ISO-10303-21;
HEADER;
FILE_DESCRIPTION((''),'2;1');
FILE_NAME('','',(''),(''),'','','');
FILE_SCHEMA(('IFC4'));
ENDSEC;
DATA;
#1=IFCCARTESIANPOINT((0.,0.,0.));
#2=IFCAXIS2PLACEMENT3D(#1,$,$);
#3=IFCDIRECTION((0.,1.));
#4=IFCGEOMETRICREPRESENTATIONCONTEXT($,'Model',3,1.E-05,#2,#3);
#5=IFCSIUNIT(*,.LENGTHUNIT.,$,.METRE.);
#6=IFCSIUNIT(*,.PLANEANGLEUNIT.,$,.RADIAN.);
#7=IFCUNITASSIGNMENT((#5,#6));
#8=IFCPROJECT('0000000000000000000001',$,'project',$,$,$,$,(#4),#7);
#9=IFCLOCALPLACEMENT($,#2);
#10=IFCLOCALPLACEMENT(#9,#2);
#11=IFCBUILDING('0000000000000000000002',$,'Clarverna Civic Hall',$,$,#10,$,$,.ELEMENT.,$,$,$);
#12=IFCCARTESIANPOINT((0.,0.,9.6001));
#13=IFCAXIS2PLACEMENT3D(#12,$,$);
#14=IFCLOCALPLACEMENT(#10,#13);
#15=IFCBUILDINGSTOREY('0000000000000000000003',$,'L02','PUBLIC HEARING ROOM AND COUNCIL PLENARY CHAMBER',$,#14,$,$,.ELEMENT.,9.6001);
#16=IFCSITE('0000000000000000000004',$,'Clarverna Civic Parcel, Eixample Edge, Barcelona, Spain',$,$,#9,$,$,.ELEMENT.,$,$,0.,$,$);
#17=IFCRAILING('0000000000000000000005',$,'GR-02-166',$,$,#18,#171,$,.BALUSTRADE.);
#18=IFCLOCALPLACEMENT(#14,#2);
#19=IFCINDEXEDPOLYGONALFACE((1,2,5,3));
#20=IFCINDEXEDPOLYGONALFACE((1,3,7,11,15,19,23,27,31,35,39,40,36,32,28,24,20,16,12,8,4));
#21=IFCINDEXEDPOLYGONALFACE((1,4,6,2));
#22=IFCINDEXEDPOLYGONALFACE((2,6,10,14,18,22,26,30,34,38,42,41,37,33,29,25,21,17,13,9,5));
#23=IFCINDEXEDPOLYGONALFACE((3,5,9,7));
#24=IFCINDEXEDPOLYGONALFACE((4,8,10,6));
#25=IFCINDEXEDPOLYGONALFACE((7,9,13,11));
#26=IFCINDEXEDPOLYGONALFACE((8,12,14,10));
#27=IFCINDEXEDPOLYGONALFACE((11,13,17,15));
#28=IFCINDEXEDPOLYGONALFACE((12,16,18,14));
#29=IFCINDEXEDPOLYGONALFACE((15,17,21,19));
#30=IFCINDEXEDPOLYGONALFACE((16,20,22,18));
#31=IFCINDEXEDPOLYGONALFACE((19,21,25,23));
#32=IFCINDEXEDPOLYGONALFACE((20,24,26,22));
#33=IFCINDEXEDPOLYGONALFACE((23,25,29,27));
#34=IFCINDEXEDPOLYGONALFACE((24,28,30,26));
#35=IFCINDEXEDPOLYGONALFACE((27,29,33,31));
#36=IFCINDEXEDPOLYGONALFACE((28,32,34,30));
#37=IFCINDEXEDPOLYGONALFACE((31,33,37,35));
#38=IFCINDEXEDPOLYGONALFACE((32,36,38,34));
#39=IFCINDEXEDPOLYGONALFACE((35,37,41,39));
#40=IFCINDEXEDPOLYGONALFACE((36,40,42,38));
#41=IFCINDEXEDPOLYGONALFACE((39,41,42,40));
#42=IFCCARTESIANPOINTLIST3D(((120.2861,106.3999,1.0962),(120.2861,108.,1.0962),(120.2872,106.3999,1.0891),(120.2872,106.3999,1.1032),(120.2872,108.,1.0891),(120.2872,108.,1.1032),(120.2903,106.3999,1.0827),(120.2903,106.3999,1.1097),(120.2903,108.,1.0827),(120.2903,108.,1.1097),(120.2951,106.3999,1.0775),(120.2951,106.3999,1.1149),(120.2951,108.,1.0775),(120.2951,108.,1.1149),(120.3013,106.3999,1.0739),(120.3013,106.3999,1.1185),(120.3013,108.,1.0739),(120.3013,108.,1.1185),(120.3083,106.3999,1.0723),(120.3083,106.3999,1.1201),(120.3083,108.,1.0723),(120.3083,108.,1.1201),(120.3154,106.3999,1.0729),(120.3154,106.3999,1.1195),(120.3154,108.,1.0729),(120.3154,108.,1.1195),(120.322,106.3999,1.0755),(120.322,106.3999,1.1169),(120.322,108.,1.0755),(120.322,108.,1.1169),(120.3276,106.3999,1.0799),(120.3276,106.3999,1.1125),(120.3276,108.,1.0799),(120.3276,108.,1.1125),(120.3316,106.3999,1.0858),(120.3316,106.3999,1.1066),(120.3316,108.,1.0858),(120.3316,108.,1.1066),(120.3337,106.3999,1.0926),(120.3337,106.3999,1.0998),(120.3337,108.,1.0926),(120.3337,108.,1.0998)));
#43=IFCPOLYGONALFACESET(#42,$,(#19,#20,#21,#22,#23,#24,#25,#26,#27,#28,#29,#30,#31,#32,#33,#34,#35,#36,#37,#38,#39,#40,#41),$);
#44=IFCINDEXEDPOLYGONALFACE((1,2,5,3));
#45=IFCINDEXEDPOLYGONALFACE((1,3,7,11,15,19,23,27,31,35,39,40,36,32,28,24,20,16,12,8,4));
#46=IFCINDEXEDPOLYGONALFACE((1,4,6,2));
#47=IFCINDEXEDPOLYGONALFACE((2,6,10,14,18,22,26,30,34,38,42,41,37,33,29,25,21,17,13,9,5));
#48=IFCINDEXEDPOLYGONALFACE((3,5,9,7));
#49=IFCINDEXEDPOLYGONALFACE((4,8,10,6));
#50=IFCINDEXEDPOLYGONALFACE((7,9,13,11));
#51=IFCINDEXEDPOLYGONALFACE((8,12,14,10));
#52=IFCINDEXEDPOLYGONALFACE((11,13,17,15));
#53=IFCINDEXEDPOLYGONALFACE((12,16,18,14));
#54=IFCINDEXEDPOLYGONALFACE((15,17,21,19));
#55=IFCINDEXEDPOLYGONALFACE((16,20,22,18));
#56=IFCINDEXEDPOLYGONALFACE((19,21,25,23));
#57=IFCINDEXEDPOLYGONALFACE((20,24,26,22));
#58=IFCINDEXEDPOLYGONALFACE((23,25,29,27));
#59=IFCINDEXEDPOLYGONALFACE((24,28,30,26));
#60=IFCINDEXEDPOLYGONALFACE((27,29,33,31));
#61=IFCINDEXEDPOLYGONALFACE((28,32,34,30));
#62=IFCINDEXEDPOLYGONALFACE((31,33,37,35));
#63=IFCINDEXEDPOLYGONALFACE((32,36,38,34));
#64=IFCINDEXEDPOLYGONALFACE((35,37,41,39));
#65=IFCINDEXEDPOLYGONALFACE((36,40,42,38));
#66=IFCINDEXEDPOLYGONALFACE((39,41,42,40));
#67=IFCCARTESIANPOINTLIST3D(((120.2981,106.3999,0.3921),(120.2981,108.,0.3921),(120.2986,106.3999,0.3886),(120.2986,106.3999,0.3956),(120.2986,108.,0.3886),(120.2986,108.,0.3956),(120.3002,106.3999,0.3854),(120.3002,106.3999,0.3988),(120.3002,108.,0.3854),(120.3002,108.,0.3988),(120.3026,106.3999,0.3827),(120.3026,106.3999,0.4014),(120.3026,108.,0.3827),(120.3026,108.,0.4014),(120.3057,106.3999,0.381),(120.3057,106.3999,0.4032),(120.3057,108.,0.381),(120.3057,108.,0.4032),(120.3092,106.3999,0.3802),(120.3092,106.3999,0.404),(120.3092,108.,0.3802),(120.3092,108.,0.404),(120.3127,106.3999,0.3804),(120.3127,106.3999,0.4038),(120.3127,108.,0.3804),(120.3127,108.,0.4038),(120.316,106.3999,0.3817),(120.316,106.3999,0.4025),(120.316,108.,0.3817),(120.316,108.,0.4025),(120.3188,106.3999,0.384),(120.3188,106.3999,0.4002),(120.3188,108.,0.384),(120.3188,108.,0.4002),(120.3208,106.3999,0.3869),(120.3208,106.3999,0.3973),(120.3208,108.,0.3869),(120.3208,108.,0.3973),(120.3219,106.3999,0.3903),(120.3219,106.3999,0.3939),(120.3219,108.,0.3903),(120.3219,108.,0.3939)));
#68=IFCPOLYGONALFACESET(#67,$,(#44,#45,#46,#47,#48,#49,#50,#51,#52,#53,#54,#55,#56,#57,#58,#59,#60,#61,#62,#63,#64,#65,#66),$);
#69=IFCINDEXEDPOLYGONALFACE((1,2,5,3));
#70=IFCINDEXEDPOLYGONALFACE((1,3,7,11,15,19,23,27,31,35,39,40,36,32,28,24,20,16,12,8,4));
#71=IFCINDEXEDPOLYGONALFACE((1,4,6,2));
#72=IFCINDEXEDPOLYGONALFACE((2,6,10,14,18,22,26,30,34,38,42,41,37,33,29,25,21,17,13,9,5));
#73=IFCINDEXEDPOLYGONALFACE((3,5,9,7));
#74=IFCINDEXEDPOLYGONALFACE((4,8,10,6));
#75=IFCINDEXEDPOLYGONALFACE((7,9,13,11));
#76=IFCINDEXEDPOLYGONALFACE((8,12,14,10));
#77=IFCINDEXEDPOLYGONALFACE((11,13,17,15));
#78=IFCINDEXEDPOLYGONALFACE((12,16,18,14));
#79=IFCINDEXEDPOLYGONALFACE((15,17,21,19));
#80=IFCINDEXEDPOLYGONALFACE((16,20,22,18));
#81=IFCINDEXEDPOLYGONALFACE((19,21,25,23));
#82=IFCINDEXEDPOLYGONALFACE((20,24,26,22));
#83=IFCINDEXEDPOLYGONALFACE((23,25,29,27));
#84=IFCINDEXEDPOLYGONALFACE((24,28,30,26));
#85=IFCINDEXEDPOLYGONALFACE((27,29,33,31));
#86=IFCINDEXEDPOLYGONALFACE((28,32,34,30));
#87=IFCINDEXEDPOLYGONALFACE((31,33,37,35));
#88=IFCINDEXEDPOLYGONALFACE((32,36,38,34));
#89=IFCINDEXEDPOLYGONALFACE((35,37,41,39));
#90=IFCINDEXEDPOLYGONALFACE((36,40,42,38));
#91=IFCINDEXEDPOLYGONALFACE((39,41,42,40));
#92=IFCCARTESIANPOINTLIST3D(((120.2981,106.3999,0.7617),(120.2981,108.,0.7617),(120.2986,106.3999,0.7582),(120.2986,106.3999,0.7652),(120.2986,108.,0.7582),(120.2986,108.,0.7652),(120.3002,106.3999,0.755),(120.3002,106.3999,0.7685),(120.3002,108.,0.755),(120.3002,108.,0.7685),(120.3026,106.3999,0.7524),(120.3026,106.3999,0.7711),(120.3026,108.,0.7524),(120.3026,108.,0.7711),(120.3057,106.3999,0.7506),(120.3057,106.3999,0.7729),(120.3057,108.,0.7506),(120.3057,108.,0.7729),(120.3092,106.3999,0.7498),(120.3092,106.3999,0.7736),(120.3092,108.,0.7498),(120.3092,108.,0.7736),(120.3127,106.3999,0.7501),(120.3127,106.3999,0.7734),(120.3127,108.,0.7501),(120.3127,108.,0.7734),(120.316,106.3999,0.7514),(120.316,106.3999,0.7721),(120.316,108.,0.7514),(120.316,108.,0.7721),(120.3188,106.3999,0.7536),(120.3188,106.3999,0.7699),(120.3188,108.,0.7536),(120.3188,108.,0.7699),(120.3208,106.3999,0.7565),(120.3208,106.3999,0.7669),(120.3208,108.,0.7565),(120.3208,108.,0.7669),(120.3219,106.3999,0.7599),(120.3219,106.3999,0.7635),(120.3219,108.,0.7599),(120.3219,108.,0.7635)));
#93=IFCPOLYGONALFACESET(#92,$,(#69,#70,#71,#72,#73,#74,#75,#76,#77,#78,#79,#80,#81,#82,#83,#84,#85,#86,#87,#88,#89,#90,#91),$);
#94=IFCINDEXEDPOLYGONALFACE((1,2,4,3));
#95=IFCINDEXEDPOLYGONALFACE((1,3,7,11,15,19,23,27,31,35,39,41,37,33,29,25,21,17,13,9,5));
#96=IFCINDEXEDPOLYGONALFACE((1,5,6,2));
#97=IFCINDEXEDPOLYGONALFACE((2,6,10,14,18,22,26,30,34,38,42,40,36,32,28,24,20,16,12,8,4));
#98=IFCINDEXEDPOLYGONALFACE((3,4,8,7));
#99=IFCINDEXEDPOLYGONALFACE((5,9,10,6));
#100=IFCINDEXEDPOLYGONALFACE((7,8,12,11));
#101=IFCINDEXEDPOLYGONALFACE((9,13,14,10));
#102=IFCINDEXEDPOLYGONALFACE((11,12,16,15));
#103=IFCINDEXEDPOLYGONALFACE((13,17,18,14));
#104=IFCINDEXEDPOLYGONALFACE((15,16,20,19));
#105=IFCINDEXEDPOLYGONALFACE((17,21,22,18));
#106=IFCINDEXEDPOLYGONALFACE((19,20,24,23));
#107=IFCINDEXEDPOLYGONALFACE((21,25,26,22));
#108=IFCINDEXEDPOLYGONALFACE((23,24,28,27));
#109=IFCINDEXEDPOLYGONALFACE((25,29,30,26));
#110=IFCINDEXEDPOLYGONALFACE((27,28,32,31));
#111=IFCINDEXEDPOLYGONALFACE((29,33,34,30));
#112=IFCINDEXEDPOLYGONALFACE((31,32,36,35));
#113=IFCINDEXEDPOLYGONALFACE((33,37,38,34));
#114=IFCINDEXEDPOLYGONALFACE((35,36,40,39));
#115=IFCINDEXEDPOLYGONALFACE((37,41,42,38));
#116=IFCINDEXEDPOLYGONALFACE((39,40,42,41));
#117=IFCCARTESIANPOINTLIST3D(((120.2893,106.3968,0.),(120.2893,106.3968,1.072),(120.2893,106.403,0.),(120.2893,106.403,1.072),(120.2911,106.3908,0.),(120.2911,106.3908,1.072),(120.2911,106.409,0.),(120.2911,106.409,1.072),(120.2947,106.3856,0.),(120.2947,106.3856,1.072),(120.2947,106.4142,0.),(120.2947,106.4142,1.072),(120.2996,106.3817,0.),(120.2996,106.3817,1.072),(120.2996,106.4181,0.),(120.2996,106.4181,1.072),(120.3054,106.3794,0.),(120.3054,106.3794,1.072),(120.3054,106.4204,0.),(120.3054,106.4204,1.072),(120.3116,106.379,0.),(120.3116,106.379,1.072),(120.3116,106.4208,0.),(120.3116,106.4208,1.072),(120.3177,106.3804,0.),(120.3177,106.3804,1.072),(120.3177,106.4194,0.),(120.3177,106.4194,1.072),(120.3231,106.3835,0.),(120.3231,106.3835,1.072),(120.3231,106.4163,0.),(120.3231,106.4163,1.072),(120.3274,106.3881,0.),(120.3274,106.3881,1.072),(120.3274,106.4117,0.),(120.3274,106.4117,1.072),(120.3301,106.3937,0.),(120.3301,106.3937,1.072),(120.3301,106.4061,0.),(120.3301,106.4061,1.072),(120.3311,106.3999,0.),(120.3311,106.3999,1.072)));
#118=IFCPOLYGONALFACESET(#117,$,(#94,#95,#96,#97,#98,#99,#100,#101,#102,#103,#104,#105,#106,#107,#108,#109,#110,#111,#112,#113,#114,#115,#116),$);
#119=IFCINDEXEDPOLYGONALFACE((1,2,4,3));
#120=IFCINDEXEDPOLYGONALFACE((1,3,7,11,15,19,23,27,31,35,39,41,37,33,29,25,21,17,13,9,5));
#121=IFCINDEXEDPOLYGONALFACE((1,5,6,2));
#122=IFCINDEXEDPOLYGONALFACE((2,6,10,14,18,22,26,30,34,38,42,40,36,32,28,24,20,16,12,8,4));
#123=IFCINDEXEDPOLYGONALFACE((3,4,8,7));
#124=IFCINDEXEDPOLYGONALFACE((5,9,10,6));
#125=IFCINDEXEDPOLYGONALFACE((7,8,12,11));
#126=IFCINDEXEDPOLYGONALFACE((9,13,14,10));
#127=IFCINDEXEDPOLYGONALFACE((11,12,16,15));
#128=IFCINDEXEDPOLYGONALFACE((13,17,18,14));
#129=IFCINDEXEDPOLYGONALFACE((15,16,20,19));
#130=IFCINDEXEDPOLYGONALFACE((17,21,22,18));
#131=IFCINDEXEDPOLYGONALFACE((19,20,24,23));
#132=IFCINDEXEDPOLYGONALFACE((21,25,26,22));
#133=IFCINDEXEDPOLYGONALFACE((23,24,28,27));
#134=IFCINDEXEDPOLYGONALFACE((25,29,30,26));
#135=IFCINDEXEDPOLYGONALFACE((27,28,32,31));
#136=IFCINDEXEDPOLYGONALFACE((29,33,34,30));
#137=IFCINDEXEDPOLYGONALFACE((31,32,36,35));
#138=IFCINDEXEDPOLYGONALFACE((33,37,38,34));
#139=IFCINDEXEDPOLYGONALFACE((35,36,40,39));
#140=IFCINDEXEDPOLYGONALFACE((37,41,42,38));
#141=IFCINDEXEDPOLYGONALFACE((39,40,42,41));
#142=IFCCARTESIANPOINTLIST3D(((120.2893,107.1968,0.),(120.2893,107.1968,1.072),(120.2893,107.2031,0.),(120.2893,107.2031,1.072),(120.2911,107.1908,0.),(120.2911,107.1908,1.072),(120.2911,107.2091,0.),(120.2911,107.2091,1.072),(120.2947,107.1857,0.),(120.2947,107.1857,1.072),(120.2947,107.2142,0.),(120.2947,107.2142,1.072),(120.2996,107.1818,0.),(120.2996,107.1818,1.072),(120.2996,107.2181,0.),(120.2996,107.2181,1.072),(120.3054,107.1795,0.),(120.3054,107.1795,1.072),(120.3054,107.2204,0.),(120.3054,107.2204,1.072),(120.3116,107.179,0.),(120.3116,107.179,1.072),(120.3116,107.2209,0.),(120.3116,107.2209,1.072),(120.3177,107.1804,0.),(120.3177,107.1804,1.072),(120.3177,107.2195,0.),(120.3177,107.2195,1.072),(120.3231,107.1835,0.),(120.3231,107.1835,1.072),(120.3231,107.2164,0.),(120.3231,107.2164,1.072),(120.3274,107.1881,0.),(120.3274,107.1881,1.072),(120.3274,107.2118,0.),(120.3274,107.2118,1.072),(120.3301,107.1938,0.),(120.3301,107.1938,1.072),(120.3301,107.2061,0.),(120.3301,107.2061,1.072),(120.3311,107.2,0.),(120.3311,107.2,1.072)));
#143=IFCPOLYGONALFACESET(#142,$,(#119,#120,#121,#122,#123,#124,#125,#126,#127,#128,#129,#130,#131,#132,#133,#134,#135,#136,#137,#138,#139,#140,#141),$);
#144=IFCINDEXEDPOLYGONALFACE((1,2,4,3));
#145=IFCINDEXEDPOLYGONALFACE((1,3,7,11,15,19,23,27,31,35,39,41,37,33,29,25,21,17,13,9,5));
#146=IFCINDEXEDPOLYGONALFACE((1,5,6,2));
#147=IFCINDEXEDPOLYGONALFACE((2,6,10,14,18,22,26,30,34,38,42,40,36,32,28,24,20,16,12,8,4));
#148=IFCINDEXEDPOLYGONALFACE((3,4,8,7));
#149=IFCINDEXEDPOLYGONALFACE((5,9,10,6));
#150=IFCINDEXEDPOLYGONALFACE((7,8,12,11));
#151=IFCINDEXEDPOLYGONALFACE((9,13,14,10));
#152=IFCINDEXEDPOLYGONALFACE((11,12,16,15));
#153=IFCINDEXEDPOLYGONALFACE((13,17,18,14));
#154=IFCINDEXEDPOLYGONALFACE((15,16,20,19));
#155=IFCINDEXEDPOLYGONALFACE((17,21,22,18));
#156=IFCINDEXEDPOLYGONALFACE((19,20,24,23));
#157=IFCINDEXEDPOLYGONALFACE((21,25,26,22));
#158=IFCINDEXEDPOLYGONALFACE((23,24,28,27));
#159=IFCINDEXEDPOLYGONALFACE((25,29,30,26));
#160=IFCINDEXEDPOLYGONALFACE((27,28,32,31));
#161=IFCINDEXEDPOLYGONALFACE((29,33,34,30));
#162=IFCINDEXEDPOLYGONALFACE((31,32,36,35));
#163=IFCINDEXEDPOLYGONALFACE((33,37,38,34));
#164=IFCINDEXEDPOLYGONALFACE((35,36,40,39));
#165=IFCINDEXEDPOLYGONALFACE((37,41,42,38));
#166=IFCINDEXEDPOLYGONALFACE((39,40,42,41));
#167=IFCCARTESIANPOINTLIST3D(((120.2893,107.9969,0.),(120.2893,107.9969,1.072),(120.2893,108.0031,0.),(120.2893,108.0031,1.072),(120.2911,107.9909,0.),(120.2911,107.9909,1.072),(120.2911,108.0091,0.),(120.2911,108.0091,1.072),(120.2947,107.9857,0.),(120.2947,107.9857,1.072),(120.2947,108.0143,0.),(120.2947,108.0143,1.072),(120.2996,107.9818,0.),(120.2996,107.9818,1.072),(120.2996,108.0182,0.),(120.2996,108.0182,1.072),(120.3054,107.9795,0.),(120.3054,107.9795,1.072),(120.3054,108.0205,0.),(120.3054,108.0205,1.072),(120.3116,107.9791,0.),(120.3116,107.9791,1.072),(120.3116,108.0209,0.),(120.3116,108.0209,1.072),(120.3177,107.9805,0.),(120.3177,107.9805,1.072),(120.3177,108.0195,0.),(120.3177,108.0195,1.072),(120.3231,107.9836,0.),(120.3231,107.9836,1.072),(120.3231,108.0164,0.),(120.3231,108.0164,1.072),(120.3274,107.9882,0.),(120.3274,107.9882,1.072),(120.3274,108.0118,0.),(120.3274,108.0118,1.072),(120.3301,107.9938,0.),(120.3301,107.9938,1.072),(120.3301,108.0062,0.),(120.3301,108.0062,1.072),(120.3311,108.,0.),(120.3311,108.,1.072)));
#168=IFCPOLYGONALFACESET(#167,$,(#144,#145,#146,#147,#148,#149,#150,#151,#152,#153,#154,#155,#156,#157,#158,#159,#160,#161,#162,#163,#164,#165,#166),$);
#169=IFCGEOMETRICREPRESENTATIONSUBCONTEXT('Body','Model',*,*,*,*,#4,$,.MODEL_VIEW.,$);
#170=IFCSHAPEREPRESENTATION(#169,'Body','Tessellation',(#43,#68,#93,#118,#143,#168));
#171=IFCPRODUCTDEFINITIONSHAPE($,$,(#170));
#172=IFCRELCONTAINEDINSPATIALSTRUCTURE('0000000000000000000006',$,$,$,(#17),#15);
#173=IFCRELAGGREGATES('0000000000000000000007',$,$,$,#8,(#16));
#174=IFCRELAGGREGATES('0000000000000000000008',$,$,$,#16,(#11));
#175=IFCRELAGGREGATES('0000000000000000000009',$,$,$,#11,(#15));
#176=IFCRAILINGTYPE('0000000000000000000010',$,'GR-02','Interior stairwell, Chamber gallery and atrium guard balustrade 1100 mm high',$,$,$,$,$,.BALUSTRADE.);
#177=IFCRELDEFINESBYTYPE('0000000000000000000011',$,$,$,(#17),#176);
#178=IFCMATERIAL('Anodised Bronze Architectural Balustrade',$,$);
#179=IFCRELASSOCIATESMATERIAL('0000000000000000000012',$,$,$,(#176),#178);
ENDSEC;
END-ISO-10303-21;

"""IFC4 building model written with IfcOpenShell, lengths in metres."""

from ifc_helpers import new_model, si_unit, direction, frame, origin, origin_2d, place, context, subcontext, project, spatial, circle, extrude, material, type_object, element, save


model = new_model("IFC4")

# Units and contexts
model_context = context("Model", 3, precision=1e-05, world=origin(), true_north=direction((0.0, 1.0)))
body_context = subcontext(model_context, "Body", "Model", "MODEL_VIEW")
ifc_project = project(units=[si_unit("LENGTHUNIT", "METRE"), si_unit("PLANEANGLEUNIT", "RADIAN")], contexts=[model_context])

# Site, building, storey
site_placement = place(None, origin())
site = spatial("IfcSite", under=ifc_project, at=site_placement, Name="Clarverna Civic Parcel, Eixample Edge, Barcelona, Spain", CompositionType="ELEMENT", RefElevation=0.0)
building_placement = place(site_placement, origin())
building = spatial("IfcBuilding", under=site, at=building_placement, Name="Clarverna Civic Hall", CompositionType="ELEMENT")
storey_placement = place(building_placement, frame((0.0, 0.0, 9.6001)))
storey = spatial("IfcBuildingStorey", under=building, at=storey_placement, Name="L02", Description="PUBLIC HEARING ROOM AND COUNCIL PLENARY CHAMBER", CompositionType="ELEMENT", Elevation=9.6001)

# Railing
ifc_material_1 = material(Name="Anodised Bronze Architectural Balustrade")
railing_type_1 = type_object("IfcRailingType", Name="GR-02", Description="Interior stairwell, Chamber gallery and atrium guard balustrade 1100 mm high", PredefinedType="BALUSTRADE", material=ifc_material_1)
railing_1_placement = place(storey_placement, frame((120.3101, 106.3999, 0.0)))
element("IfcRailing", 1, at=railing_1_placement, inside=storey, type_object=railing_type_1, Name="GR-02-166", PredefinedType="BALUSTRADE", context=body_context, shape_type="SweptSolid", body=[
    extrude(circle(Radius=0.0239, at=origin_2d()), frame((0.0, 0.0, 1.0962), z_axis=(0.0, 1.0, 0.0), x_axis=(-1.0, 0.0, 0.0)), (0.0, 0.0, 1.0), 1.6001),
    extrude(circle(Radius=0.012, at=origin_2d()), frame((0.0, 0.0, 0.3921), z_axis=(0.0, 1.0, 0.0), x_axis=(-1.0, 0.0, 0.0)), (0.0, 0.0, 1.0), 1.6001),
    extrude(circle(Radius=0.012, at=origin_2d()), frame((0.0, 0.0, 0.7617), z_axis=(0.0, 1.0, 0.0), x_axis=(-1.0, 0.0, 0.0)), (0.0, 0.0, 1.0), 1.6001),
    extrude(circle(Radius=0.021, at=origin_2d()), origin(), (0.0, 0.0, 1.0), 1.072),
    extrude(circle(Radius=0.021, at=origin_2d()), frame((0.0, 0.8, 0.0)), (0.0, 0.0, 1.0), 1.072),
    extrude(circle(Radius=0.021, at=origin_2d()), frame((0.0, 1.6001, 0.0)), (0.0, 0.0, 1.0), 1.072),
])

save(model, "model.ifc")
